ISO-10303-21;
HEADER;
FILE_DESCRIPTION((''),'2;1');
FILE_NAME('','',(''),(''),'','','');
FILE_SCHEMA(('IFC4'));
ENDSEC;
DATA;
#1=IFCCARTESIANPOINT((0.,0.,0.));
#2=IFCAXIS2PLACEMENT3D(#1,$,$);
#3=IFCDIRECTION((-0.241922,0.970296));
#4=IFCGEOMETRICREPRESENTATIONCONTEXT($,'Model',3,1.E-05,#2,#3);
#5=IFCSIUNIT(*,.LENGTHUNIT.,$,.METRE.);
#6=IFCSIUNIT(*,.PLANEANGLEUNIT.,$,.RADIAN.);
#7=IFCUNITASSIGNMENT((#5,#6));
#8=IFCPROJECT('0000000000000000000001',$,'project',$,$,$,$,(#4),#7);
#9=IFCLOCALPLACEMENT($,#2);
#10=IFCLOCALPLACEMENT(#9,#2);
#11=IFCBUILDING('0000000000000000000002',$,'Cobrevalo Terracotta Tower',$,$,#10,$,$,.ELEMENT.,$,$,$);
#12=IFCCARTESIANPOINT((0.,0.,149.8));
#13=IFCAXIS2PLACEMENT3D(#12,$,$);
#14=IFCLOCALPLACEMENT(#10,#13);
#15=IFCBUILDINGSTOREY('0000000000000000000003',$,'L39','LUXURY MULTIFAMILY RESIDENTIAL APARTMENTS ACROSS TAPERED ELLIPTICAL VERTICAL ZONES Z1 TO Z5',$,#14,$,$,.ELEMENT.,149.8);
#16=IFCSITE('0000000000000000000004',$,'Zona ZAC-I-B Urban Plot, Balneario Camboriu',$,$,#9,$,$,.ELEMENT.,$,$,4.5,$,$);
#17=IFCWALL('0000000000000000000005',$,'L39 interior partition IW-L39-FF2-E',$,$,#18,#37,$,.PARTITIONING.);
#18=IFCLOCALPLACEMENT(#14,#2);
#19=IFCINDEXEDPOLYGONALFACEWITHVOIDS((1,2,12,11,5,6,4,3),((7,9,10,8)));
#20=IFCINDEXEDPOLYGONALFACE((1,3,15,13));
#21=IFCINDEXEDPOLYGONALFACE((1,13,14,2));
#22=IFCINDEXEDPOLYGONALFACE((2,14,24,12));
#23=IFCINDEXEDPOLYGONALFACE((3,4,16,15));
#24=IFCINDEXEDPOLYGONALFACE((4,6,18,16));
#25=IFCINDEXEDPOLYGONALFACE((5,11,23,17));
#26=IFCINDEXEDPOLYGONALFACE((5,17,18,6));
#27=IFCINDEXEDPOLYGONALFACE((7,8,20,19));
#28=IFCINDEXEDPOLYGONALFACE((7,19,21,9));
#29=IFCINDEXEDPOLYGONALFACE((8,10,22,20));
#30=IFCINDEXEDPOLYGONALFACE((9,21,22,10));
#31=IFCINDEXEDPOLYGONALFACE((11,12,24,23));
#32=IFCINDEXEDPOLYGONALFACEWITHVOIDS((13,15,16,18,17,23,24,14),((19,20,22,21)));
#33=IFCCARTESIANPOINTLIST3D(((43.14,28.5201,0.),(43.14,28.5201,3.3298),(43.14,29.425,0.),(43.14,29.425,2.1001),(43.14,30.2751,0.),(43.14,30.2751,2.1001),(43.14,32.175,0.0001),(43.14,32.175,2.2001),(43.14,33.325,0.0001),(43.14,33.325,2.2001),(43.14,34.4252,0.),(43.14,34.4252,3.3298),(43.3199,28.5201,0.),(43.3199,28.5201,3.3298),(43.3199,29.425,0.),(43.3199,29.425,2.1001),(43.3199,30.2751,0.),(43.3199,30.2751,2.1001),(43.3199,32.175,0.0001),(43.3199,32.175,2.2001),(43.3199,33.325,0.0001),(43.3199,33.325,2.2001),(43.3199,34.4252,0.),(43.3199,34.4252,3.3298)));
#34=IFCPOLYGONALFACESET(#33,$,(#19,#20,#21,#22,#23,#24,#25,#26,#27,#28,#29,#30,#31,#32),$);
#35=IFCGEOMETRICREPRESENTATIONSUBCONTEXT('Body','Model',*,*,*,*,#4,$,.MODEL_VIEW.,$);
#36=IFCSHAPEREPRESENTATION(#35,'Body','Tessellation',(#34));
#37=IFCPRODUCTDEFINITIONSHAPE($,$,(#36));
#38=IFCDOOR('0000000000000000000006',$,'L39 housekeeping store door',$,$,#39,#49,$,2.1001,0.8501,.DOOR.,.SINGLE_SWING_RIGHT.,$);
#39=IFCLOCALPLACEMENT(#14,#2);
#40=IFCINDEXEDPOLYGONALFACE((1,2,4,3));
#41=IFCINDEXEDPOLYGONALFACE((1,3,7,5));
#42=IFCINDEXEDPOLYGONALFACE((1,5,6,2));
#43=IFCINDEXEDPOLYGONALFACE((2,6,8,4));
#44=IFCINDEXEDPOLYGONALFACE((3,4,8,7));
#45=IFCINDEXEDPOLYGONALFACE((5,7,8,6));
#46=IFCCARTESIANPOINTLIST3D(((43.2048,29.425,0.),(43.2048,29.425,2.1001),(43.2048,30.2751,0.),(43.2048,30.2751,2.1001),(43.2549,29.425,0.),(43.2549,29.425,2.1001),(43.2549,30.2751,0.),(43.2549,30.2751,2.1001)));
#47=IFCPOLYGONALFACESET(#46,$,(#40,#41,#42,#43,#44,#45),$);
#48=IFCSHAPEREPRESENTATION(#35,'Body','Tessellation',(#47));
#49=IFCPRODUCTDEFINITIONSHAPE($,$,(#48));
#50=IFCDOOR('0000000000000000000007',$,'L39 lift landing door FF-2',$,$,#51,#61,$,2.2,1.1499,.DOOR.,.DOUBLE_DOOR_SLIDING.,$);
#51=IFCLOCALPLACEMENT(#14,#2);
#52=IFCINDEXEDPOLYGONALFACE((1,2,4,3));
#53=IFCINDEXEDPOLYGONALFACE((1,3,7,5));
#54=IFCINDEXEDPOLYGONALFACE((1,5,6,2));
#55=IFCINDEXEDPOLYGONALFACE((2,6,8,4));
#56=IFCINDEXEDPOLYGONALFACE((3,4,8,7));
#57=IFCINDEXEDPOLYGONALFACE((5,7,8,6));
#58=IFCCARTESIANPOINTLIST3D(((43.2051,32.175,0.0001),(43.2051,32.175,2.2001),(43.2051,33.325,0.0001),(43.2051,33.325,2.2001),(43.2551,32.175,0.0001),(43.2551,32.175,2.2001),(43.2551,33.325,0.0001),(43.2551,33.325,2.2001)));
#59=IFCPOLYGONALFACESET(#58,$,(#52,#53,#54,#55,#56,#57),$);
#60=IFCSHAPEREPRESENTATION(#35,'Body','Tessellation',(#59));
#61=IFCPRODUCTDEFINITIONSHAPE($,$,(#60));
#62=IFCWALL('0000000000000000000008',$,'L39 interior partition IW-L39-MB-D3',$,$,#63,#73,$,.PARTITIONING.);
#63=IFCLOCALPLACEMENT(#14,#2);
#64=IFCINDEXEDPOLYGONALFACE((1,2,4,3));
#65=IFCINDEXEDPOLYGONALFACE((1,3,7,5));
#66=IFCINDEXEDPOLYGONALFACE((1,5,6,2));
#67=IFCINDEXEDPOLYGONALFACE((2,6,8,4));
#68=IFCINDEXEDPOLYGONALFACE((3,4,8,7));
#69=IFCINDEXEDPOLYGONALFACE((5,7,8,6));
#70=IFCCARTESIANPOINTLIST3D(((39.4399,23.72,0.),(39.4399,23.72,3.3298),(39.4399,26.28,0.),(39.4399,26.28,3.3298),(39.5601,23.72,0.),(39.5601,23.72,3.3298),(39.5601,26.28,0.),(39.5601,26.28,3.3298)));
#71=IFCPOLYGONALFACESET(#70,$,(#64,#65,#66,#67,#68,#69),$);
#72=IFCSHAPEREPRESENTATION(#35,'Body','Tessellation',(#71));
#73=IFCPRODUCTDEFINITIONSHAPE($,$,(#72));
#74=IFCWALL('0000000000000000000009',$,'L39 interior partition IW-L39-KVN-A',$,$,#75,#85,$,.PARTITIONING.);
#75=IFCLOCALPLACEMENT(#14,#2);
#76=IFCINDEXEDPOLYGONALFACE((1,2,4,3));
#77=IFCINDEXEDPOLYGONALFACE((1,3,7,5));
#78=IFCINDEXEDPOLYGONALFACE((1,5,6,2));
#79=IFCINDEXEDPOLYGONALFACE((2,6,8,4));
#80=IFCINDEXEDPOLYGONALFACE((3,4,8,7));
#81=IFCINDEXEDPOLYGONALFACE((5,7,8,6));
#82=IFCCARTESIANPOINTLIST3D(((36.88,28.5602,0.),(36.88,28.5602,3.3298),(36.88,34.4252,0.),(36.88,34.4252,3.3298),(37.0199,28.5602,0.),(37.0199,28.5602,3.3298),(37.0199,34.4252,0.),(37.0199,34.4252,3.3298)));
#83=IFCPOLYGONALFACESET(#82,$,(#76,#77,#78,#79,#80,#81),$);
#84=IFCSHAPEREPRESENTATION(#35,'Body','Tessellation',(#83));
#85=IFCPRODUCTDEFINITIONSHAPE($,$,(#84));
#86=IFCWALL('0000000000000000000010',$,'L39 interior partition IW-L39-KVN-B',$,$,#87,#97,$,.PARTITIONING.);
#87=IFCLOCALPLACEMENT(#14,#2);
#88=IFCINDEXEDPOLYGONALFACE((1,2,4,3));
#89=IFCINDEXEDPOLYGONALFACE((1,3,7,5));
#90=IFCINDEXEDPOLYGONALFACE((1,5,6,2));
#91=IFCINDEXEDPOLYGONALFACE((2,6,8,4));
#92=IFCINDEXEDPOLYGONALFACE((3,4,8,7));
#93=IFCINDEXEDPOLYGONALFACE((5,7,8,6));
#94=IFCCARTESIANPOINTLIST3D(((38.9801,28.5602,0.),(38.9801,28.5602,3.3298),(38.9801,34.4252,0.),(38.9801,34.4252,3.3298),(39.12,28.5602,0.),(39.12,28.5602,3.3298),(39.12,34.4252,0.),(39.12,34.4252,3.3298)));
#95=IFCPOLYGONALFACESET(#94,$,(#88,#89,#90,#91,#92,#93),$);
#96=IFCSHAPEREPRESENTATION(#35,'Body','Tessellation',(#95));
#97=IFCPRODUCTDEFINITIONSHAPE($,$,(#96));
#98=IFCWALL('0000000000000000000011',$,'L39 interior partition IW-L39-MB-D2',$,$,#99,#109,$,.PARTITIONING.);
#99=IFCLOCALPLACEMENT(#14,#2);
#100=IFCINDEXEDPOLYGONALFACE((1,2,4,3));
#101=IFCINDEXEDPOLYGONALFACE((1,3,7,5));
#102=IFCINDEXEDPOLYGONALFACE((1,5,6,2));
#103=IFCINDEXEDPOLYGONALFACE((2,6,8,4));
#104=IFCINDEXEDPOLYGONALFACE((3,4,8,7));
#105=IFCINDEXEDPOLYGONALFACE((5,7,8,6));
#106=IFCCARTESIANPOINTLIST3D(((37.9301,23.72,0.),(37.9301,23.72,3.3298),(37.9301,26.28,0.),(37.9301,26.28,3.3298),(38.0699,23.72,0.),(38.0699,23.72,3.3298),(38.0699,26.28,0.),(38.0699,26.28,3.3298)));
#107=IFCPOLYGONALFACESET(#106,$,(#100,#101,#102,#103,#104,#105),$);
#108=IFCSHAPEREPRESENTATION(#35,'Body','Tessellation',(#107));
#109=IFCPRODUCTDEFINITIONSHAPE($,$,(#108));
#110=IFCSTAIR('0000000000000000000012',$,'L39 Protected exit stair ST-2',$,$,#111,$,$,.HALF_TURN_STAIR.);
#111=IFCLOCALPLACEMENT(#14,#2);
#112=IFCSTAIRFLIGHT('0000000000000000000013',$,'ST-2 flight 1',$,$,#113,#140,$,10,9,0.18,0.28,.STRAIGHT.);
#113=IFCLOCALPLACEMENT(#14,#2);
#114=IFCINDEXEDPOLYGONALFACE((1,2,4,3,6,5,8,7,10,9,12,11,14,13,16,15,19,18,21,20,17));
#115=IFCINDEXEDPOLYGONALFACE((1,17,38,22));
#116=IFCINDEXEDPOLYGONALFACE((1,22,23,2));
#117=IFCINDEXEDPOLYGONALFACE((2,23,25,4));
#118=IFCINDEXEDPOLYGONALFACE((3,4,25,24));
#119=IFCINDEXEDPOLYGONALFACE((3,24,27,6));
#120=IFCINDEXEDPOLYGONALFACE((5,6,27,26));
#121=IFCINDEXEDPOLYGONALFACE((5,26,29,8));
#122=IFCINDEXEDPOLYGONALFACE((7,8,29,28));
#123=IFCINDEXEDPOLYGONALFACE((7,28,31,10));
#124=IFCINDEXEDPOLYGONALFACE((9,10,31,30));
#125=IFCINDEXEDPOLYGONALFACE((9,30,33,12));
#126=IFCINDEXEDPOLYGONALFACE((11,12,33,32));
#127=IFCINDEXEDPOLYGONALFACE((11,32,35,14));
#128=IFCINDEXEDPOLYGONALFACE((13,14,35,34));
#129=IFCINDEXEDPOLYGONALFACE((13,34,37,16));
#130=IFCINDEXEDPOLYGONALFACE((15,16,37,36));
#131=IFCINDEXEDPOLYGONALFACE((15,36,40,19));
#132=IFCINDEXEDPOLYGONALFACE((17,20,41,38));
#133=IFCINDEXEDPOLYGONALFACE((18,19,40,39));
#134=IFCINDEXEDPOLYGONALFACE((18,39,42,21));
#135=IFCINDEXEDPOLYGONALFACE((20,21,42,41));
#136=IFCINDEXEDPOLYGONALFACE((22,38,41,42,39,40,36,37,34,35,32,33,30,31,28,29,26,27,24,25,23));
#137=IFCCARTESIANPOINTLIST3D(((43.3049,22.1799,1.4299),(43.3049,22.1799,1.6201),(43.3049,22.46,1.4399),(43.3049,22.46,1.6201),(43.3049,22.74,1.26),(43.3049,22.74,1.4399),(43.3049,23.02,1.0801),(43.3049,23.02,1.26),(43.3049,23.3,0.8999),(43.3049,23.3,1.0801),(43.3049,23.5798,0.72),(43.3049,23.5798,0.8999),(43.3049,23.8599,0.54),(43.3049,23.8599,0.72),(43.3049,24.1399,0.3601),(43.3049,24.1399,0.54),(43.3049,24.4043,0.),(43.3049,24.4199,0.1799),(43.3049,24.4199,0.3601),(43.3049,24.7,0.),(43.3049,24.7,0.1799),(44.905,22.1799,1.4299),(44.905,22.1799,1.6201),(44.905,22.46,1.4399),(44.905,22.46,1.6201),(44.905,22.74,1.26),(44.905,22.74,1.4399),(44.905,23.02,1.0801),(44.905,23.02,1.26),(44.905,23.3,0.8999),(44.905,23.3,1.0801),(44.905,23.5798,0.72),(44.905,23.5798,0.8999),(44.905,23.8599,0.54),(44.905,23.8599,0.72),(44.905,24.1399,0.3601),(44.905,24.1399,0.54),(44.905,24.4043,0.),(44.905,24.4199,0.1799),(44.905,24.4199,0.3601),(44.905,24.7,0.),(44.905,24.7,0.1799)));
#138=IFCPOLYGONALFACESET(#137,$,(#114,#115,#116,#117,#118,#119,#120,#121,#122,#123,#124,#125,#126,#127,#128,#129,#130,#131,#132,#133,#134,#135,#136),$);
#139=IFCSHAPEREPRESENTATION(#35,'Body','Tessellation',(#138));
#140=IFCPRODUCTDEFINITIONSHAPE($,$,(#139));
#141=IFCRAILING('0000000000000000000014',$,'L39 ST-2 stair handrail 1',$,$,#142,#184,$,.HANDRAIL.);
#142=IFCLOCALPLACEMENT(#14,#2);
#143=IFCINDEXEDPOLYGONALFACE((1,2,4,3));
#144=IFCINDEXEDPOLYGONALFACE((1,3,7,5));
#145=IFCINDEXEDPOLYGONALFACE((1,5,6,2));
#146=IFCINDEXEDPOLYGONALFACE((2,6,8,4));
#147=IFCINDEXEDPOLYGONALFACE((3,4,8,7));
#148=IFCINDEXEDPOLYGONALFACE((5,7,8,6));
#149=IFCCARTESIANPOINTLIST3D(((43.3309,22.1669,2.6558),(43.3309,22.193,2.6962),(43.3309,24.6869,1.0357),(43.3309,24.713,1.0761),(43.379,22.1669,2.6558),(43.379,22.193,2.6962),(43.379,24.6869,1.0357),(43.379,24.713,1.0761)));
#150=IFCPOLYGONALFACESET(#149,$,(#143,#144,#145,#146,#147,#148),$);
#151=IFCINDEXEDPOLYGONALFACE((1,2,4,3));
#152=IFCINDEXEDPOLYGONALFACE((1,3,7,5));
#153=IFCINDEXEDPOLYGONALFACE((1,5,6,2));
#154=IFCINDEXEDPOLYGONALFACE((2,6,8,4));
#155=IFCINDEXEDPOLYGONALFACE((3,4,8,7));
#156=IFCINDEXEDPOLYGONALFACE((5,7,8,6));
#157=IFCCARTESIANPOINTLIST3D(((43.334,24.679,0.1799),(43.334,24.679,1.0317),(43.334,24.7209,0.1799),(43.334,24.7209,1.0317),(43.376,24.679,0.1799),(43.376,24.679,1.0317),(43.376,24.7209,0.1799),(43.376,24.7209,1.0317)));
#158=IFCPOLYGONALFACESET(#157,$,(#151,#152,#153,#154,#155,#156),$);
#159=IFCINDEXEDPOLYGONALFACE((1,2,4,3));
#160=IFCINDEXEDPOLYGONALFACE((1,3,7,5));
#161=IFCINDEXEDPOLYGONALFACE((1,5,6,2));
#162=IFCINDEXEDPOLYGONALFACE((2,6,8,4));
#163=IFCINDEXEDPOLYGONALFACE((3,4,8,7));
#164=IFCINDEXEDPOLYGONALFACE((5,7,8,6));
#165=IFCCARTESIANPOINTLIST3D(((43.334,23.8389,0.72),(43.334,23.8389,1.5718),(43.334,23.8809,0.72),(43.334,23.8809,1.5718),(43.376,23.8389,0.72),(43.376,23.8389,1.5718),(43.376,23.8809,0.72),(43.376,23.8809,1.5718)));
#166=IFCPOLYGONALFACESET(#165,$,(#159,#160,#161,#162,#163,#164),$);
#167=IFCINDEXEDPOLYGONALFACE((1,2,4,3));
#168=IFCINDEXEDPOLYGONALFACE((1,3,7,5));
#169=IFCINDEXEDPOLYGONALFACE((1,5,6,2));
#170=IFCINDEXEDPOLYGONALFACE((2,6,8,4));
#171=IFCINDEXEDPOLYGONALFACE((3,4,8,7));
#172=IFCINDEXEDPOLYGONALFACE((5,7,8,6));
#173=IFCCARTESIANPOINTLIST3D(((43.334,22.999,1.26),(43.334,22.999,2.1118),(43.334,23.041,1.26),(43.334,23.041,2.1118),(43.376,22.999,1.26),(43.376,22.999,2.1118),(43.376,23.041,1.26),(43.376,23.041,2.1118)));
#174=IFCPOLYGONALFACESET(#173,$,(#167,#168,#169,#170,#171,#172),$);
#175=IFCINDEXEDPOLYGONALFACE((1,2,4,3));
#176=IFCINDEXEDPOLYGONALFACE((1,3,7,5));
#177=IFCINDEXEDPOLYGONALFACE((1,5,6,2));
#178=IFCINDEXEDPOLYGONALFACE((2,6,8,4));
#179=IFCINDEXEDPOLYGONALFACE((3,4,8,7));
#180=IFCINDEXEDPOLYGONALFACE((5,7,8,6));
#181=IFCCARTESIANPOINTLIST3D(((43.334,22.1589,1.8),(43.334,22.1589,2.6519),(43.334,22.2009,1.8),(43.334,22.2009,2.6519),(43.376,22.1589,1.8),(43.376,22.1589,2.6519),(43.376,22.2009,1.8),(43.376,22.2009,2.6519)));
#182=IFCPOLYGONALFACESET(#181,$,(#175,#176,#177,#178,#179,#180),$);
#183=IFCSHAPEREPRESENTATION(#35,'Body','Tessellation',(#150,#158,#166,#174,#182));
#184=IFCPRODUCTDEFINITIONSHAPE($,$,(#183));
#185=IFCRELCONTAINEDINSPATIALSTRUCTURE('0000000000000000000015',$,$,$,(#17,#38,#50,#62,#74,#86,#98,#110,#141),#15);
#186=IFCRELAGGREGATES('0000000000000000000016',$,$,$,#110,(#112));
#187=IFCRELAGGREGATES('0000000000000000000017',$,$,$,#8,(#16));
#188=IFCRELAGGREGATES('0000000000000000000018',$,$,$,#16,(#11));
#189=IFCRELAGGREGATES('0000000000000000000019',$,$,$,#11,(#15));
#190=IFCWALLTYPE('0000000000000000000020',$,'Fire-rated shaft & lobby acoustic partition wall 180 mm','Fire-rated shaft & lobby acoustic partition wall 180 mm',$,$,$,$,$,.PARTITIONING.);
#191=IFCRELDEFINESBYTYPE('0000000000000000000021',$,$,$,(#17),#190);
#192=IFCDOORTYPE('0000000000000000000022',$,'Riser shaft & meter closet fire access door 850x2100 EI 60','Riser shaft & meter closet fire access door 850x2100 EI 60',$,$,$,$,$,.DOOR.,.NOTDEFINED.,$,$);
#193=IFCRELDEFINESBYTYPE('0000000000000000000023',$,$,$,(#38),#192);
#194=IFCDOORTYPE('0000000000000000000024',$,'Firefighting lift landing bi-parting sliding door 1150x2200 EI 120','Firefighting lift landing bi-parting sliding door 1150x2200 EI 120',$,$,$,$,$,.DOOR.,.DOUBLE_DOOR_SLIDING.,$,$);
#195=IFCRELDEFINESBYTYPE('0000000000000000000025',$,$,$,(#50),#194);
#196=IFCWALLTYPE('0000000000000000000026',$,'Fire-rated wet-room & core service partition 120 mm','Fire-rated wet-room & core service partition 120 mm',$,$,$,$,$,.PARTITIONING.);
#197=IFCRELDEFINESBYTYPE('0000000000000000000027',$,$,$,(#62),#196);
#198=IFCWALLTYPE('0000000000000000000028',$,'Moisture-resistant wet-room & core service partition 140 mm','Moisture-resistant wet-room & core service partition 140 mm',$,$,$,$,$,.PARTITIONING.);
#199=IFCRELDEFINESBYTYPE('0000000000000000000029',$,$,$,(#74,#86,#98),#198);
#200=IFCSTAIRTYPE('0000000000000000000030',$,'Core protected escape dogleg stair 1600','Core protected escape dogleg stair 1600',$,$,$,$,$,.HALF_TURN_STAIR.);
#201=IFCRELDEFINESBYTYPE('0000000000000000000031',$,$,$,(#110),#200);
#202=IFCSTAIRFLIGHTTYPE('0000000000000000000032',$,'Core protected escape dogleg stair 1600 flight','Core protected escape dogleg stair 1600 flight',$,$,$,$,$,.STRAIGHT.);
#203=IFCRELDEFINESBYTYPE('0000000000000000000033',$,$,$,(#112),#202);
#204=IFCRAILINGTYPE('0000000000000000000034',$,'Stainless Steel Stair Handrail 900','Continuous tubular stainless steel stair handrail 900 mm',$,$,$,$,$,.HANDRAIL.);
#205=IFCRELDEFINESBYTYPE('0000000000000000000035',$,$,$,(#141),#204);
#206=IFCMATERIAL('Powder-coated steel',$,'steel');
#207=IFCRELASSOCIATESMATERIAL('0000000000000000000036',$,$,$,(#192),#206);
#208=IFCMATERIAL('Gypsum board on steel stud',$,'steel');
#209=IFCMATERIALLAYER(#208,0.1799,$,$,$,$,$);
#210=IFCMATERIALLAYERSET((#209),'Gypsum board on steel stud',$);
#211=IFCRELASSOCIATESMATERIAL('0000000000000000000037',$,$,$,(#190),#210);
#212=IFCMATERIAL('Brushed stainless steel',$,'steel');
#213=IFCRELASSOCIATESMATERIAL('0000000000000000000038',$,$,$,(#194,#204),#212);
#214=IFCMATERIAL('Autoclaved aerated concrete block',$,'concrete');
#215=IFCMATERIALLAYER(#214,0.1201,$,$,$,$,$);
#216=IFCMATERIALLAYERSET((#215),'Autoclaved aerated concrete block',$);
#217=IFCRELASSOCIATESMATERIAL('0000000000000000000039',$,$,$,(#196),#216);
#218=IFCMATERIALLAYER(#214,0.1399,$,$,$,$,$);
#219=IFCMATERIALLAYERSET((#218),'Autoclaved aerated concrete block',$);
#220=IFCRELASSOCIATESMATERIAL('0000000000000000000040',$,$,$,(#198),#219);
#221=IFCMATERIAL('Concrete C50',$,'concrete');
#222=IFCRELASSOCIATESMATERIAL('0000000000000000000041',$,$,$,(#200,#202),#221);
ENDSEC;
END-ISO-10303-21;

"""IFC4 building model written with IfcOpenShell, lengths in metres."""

from ifc_helpers import new_model, si_unit, direction, frame, frame_2d, origin, origin_2d, place, context, subcontext, project, spatial, polyline, rectangle, outline, extrude, source, transform, mapped, material, layer, layer_set, type_object, element, fill, aggregate, save


model = new_model("IFC4")

# Units and contexts
model_context = context("Model", 3, precision=1e-05, world=origin(), true_north=direction((-0.241922, 0.970296)))
body_context = subcontext(model_context, "Body", "Model", "MODEL_VIEW")
ifc_project = project(units=[si_unit("LENGTHUNIT", "METRE"), si_unit("PLANEANGLEUNIT", "RADIAN")], contexts=[model_context])

# Site, building, storey
site_placement = place(None, origin())
site = spatial("IfcSite", under=ifc_project, at=site_placement, Name="Zona ZAC-I-B Urban Plot, Balneario Camboriu", CompositionType="ELEMENT", RefElevation=4.5)
building_placement = place(site_placement, origin())
building = spatial("IfcBuilding", under=site, at=building_placement, Name="Cobrevalo Terracotta Tower", CompositionType="ELEMENT")
storey_placement = place(building_placement, frame((0.0, 0.0, 149.8)))
storey = spatial("IfcBuildingStorey", under=building, at=storey_placement, Name="L39", Description="LUXURY MULTIFAMILY RESIDENTIAL APARTMENTS ACROSS TAPERED ELLIPTICAL VERTICAL ZONES Z1 TO Z5", CompositionType="ELEMENT", Elevation=149.8)

# Shared definitions
ifc_material_1 = material(Name="Gypsum board on steel stud", Category="steel")

# Shared definitions
ifc_material_2 = material(Name="Powder-coated steel", Category="steel")
door_type_1 = type_object("IfcDoorType", Name="Riser shaft & meter closet fire access door 850x2100 EI 60", Description="Riser shaft & meter closet fire access door 850x2100 EI 60", OperationType="NOTDEFINED", PredefinedType="DOOR", material=ifc_material_2)
shared_shape_1 = source(origin(), body_context, "Body", "SweptSolid", [
    extrude(rectangle(XDim=0.8501, YDim=2.1001, at=frame_2d((0.425, 1.05))), frame((0.0, 0.0249, 0.0), z_axis=(0.0, -1.0, 0.0), x_axis=(1.0, 0.0, 0.0)), (0.0, 0.0, 1.0), 0.05),
])
ifc_material_3 = material(Name="Brushed stainless steel", Category="steel")

# Shared definitions
ifc_layer_1 = layer(ifc_material_1, 0.1799)
ifc_layer_set_1 = layer_set([ifc_layer_1], Name="Gypsum board on steel stud")
wall_type_1 = type_object("IfcWallType", Name="Fire-rated shaft & lobby acoustic partition wall 180 mm", Description="Fire-rated shaft & lobby acoustic partition wall 180 mm", PredefinedType="PARTITIONING", material=ifc_layer_set_1)

# Wall, openings, doors
wall_1_placement = place(storey_placement, frame((43.23, 28.52, 0.0), z_axis=(0.0, 0.0, 1.0), x_axis=(0.0, 1.0, 0.0)))
wall_1 = element("IfcWall", 1, at=wall_1_placement, inside=storey, type_object=wall_type_1, Name="L39 interior partition IW-L39-FF2-E", PredefinedType="PARTITIONING", context=body_context, shape_type="SweptSolid", body=[
    extrude(rectangle(XDim=5.905, YDim=0.1799, at=frame_2d((2.9526, 0.0))), origin(), (0.0, 0.0, 1.0), 3.3298),
])
opening_1_placement = place(wall_1_placement, frame((0.905, 0.0, 0.0)))
opening_1 = element("IfcOpeningElement", 2, at=opening_1_placement, cuts=wall_1, PredefinedType="OPENING", context=body_context, shape_type="SweptSolid", body=[
    extrude(rectangle(XDim=0.8501, YDim=2.1001, at=frame_2d((0.425, 1.05))), frame((0.0, 0.1001, 0.0), z_axis=(0.0, -1.0, 0.0), x_axis=(1.0, 0.0, 0.0)), (0.0, 0.0, 1.0), 0.2),
])
opening_2_placement = place(wall_1_placement, frame((3.655, 0.0, 0.0)))
opening_2 = element("IfcOpeningElement", 3, at=opening_2_placement, cuts=wall_1, PredefinedType="OPENING", context=body_context, shape_type="SweptSolid", body=[
    extrude(rectangle(XDim=1.1499, YDim=2.2, at=frame_2d((0.575, 1.1001))), frame((0.0, 0.1001, 0.0), z_axis=(0.0, -1.0, 0.0), x_axis=(1.0, 0.0, 0.0)), (0.0, 0.0, 1.0), 0.2),
])
door_1_placement = place(opening_1_placement, frame((0.8501, 0.0, 0.0), z_axis=(0.0, 0.0, 1.0), x_axis=(-1.0, 0.0, 0.0)))
door_1 = element("IfcDoor", 4, at=door_1_placement, inside=storey, type_object=door_type_1, Name="L39 housekeeping store door", OperationType="SINGLE_SWING_RIGHT", OverallHeight=2.1001, OverallWidth=0.8501, PredefinedType="DOOR", context=body_context, shape_type="MappedRepresentation", body=[
    mapped(shared_shape_1, transform((0.0, 0.0, 0.0), scale=1.0)),
])
fill(opening_1, door_1)
door_type_2 = type_object("IfcDoorType", Name="Firefighting lift landing bi-parting sliding door 1150x2200 EI 120", Description="Firefighting lift landing bi-parting sliding door 1150x2200 EI 120", OperationType="DOUBLE_DOOR_SLIDING", PredefinedType="DOOR", material=ifc_material_3)
shared_shape_2 = source(origin(), body_context, "Body", "SweptSolid", [
    extrude(rectangle(XDim=1.1499, YDim=2.2, at=frame_2d((0.575, 1.1001))), frame((0.0, 0.0249, 0.0), z_axis=(0.0, -1.0, 0.0), x_axis=(1.0, 0.0, 0.0)), (0.0, 0.0, 1.0), 0.05),
])
door_2_placement = place(opening_2_placement, origin())
door_2 = element("IfcDoor", 5, at=door_2_placement, inside=storey, type_object=door_type_2, Name="L39 lift landing door FF-2", OperationType="DOUBLE_DOOR_SLIDING", OverallHeight=2.2, OverallWidth=1.1499, PredefinedType="DOOR", context=body_context, shape_type="MappedRepresentation", body=[
    mapped(shared_shape_2, transform((0.0, 0.0, 0.0), scale=1.0)),
])
fill(opening_2, door_2)

# Walls
ifc_material_4 = material(Name="Autoclaved aerated concrete block", Category="concrete")
ifc_layer_2 = layer(ifc_material_4, 0.1201)
ifc_layer_set_2 = layer_set([ifc_layer_2], Name="Autoclaved aerated concrete block")
wall_type_2 = type_object("IfcWallType", Name="Fire-rated wet-room & core service partition 120 mm", Description="Fire-rated wet-room & core service partition 120 mm", PredefinedType="PARTITIONING", material=ifc_layer_set_2)
wall_2_placement = place(storey_placement, frame((39.5, 23.72, 0.0), z_axis=(0.0, 0.0, 1.0), x_axis=(0.0, 1.0, 0.0)))
element("IfcWall", 6, at=wall_2_placement, inside=storey, type_object=wall_type_2, Name="L39 interior partition IW-L39-MB-D3", PredefinedType="PARTITIONING", context=body_context, shape_type="SweptSolid", body=[
    extrude(rectangle(XDim=2.5601, YDim=0.1201, at=frame_2d((1.28, 0.0))), origin(), (0.0, 0.0, 1.0), 3.3298),
])
ifc_layer_3 = layer(ifc_material_4, 0.1399)
ifc_layer_set_3 = layer_set([ifc_layer_3], Name="Autoclaved aerated concrete block")
wall_type_3 = type_object("IfcWallType", Name="Moisture-resistant wet-room & core service partition 140 mm", Description="Moisture-resistant wet-room & core service partition 140 mm", PredefinedType="PARTITIONING", material=ifc_layer_set_3)
for number, where, z_axis, x_axis, name in (
    (7, (36.95, 28.5601, 0.0), (0.0, 0.0, 1.0), (0.0, 1.0, 0.0), "L39 interior partition IW-L39-KVN-A"),
    (8, (39.05, 28.5601, 0.0), (0.0, 0.0, 1.0), (0.0, 1.0, 0.0), "L39 interior partition IW-L39-KVN-B"),
):
    element("IfcWall", number, at=place(storey_placement, frame(where, z_axis=z_axis, x_axis=x_axis)), inside=storey, type_object=wall_type_3, Name=name, PredefinedType="PARTITIONING", context=body_context, shape_type="SweptSolid", body=[
        extrude(rectangle(XDim=5.865, YDim=0.1399, at=frame_2d((2.9326, 0.0))), origin(), (0.0, 0.0, 1.0), 3.3298),
    ])
wall_3_placement = place(storey_placement, frame((38.0, 23.72, 0.0), z_axis=(0.0, 0.0, 1.0), x_axis=(0.0, 1.0, 0.0)))
element("IfcWall", 9, at=wall_3_placement, inside=storey, type_object=wall_type_3, Name="L39 interior partition IW-L39-MB-D2", PredefinedType="PARTITIONING", context=body_context, shape_type="SweptSolid", body=[
    extrude(rectangle(XDim=2.5601, YDim=0.1399, at=frame_2d((1.28, 0.0))), origin(), (0.0, 0.0, 1.0), 3.3298),
])

# Shared definitions
ifc_material_5 = material(Name="Concrete C50", Category="concrete")

# Stair, stair flight
stair_type = type_object("IfcStairType", Name="Core protected escape dogleg stair 1600", Description="Core protected escape dogleg stair 1600", PredefinedType="HALF_TURN_STAIR", material=ifc_material_5)
stair_placement = place(storey_placement, origin())
stair = element("IfcStair", 10, at=stair_placement, inside=storey, type_object=stair_type, Name="L39 Protected exit stair ST-2", PredefinedType="HALF_TURN_STAIR")
stair_flight_type = type_object("IfcStairFlightType", Name="Core protected escape dogleg stair 1600 flight", Description="Core protected escape dogleg stair 1600 flight", PredefinedType="STRAIGHT", material=ifc_material_5)
stair_flight_placement = place(storey_placement, frame((44.105, 24.7, 0.0), z_axis=(0.0, 0.0, 1.0), x_axis=(0.0, -1.0, 0.0)))
stair_flight = element("IfcStairFlight", 11, at=stair_flight_placement, type_object=stair_flight_type, Name="ST-2 flight 1", NumberOfRisers=10, NumberOfTreads=9, PredefinedType="STRAIGHT", RiserHeight=0.18, TreadLength=0.28, context=body_context, shape_type="SweptSolid", body=[
    extrude(outline(polyline([(0.0, 0.0), (0.0, 0.1799), (0.28, 0.1799), (0.28, 0.3601), (0.5601, 0.3601), (0.5601, 0.54), (0.8401, 0.54), (0.8401, 0.72), (1.1201, 0.72), (1.1201, 0.8999), (1.3999, 0.8999), (1.3999, 1.0801), (1.6799, 1.0801), (1.6799, 1.26), (1.96, 1.26), (1.96, 1.4399), (2.24, 1.4399), (2.24, 1.6201), (2.52, 1.6201), (2.52, 1.8), (2.52, 1.4299), (0.2957, 0.0), (0.0, 0.0)])), frame((0.0, 0.8, 0.0), z_axis=(0.0, -1.0, 0.0), x_axis=(1.0, 0.0, 0.0)), (0.0, 0.0, 1.0), 1.6001),
])
aggregate(stair, [stair_flight])

# Railing
railing_type_1 = type_object("IfcRailingType", Name="Stainless Steel Stair Handrail 900", Description="Continuous tubular stainless steel stair handrail 900 mm", PredefinedType="HANDRAIL", material=ifc_material_3)
railing_1_placement = place(storey_placement, frame((43.355, 24.7, 0.1799)))
element("IfcRailing", 12, at=railing_1_placement, inside=storey, type_object=railing_type_1, Name="L39 ST-2 stair handrail 1", PredefinedType="HANDRAIL", context=body_context, shape_type="SweptSolid", body=[
    extrude(rectangle(XDim=0.0481, YDim=0.0481, at=origin_2d()), frame((0.0, 0.0, 0.876), z_axis=(0.0, -0.841163, 0.540782), x_axis=(1.0, 0.0, 0.0)), (0.0, 0.0, 1.0), 2.9958),
    extrude(rectangle(XDim=0.042, YDim=0.042, at=origin_2d()), origin(), (0.0, 0.0, 1.0), 0.8518),
    extrude(rectangle(XDim=0.042, YDim=0.042, at=origin_2d()), frame((0.0, -0.8401, 0.54)), (0.0, 0.0, 1.0), 0.8518),
    extrude(rectangle(XDim=0.042, YDim=0.042, at=origin_2d()), frame((0.0, -1.6799, 1.0801)), (0.0, 0.0, 1.0), 0.8518),
    extrude(rectangle(XDim=0.042, YDim=0.042, at=origin_2d()), frame((0.0, -2.52, 1.6201)), (0.0, 0.0, 1.0), 0.8518),
])

save(model, "model.ifc")
